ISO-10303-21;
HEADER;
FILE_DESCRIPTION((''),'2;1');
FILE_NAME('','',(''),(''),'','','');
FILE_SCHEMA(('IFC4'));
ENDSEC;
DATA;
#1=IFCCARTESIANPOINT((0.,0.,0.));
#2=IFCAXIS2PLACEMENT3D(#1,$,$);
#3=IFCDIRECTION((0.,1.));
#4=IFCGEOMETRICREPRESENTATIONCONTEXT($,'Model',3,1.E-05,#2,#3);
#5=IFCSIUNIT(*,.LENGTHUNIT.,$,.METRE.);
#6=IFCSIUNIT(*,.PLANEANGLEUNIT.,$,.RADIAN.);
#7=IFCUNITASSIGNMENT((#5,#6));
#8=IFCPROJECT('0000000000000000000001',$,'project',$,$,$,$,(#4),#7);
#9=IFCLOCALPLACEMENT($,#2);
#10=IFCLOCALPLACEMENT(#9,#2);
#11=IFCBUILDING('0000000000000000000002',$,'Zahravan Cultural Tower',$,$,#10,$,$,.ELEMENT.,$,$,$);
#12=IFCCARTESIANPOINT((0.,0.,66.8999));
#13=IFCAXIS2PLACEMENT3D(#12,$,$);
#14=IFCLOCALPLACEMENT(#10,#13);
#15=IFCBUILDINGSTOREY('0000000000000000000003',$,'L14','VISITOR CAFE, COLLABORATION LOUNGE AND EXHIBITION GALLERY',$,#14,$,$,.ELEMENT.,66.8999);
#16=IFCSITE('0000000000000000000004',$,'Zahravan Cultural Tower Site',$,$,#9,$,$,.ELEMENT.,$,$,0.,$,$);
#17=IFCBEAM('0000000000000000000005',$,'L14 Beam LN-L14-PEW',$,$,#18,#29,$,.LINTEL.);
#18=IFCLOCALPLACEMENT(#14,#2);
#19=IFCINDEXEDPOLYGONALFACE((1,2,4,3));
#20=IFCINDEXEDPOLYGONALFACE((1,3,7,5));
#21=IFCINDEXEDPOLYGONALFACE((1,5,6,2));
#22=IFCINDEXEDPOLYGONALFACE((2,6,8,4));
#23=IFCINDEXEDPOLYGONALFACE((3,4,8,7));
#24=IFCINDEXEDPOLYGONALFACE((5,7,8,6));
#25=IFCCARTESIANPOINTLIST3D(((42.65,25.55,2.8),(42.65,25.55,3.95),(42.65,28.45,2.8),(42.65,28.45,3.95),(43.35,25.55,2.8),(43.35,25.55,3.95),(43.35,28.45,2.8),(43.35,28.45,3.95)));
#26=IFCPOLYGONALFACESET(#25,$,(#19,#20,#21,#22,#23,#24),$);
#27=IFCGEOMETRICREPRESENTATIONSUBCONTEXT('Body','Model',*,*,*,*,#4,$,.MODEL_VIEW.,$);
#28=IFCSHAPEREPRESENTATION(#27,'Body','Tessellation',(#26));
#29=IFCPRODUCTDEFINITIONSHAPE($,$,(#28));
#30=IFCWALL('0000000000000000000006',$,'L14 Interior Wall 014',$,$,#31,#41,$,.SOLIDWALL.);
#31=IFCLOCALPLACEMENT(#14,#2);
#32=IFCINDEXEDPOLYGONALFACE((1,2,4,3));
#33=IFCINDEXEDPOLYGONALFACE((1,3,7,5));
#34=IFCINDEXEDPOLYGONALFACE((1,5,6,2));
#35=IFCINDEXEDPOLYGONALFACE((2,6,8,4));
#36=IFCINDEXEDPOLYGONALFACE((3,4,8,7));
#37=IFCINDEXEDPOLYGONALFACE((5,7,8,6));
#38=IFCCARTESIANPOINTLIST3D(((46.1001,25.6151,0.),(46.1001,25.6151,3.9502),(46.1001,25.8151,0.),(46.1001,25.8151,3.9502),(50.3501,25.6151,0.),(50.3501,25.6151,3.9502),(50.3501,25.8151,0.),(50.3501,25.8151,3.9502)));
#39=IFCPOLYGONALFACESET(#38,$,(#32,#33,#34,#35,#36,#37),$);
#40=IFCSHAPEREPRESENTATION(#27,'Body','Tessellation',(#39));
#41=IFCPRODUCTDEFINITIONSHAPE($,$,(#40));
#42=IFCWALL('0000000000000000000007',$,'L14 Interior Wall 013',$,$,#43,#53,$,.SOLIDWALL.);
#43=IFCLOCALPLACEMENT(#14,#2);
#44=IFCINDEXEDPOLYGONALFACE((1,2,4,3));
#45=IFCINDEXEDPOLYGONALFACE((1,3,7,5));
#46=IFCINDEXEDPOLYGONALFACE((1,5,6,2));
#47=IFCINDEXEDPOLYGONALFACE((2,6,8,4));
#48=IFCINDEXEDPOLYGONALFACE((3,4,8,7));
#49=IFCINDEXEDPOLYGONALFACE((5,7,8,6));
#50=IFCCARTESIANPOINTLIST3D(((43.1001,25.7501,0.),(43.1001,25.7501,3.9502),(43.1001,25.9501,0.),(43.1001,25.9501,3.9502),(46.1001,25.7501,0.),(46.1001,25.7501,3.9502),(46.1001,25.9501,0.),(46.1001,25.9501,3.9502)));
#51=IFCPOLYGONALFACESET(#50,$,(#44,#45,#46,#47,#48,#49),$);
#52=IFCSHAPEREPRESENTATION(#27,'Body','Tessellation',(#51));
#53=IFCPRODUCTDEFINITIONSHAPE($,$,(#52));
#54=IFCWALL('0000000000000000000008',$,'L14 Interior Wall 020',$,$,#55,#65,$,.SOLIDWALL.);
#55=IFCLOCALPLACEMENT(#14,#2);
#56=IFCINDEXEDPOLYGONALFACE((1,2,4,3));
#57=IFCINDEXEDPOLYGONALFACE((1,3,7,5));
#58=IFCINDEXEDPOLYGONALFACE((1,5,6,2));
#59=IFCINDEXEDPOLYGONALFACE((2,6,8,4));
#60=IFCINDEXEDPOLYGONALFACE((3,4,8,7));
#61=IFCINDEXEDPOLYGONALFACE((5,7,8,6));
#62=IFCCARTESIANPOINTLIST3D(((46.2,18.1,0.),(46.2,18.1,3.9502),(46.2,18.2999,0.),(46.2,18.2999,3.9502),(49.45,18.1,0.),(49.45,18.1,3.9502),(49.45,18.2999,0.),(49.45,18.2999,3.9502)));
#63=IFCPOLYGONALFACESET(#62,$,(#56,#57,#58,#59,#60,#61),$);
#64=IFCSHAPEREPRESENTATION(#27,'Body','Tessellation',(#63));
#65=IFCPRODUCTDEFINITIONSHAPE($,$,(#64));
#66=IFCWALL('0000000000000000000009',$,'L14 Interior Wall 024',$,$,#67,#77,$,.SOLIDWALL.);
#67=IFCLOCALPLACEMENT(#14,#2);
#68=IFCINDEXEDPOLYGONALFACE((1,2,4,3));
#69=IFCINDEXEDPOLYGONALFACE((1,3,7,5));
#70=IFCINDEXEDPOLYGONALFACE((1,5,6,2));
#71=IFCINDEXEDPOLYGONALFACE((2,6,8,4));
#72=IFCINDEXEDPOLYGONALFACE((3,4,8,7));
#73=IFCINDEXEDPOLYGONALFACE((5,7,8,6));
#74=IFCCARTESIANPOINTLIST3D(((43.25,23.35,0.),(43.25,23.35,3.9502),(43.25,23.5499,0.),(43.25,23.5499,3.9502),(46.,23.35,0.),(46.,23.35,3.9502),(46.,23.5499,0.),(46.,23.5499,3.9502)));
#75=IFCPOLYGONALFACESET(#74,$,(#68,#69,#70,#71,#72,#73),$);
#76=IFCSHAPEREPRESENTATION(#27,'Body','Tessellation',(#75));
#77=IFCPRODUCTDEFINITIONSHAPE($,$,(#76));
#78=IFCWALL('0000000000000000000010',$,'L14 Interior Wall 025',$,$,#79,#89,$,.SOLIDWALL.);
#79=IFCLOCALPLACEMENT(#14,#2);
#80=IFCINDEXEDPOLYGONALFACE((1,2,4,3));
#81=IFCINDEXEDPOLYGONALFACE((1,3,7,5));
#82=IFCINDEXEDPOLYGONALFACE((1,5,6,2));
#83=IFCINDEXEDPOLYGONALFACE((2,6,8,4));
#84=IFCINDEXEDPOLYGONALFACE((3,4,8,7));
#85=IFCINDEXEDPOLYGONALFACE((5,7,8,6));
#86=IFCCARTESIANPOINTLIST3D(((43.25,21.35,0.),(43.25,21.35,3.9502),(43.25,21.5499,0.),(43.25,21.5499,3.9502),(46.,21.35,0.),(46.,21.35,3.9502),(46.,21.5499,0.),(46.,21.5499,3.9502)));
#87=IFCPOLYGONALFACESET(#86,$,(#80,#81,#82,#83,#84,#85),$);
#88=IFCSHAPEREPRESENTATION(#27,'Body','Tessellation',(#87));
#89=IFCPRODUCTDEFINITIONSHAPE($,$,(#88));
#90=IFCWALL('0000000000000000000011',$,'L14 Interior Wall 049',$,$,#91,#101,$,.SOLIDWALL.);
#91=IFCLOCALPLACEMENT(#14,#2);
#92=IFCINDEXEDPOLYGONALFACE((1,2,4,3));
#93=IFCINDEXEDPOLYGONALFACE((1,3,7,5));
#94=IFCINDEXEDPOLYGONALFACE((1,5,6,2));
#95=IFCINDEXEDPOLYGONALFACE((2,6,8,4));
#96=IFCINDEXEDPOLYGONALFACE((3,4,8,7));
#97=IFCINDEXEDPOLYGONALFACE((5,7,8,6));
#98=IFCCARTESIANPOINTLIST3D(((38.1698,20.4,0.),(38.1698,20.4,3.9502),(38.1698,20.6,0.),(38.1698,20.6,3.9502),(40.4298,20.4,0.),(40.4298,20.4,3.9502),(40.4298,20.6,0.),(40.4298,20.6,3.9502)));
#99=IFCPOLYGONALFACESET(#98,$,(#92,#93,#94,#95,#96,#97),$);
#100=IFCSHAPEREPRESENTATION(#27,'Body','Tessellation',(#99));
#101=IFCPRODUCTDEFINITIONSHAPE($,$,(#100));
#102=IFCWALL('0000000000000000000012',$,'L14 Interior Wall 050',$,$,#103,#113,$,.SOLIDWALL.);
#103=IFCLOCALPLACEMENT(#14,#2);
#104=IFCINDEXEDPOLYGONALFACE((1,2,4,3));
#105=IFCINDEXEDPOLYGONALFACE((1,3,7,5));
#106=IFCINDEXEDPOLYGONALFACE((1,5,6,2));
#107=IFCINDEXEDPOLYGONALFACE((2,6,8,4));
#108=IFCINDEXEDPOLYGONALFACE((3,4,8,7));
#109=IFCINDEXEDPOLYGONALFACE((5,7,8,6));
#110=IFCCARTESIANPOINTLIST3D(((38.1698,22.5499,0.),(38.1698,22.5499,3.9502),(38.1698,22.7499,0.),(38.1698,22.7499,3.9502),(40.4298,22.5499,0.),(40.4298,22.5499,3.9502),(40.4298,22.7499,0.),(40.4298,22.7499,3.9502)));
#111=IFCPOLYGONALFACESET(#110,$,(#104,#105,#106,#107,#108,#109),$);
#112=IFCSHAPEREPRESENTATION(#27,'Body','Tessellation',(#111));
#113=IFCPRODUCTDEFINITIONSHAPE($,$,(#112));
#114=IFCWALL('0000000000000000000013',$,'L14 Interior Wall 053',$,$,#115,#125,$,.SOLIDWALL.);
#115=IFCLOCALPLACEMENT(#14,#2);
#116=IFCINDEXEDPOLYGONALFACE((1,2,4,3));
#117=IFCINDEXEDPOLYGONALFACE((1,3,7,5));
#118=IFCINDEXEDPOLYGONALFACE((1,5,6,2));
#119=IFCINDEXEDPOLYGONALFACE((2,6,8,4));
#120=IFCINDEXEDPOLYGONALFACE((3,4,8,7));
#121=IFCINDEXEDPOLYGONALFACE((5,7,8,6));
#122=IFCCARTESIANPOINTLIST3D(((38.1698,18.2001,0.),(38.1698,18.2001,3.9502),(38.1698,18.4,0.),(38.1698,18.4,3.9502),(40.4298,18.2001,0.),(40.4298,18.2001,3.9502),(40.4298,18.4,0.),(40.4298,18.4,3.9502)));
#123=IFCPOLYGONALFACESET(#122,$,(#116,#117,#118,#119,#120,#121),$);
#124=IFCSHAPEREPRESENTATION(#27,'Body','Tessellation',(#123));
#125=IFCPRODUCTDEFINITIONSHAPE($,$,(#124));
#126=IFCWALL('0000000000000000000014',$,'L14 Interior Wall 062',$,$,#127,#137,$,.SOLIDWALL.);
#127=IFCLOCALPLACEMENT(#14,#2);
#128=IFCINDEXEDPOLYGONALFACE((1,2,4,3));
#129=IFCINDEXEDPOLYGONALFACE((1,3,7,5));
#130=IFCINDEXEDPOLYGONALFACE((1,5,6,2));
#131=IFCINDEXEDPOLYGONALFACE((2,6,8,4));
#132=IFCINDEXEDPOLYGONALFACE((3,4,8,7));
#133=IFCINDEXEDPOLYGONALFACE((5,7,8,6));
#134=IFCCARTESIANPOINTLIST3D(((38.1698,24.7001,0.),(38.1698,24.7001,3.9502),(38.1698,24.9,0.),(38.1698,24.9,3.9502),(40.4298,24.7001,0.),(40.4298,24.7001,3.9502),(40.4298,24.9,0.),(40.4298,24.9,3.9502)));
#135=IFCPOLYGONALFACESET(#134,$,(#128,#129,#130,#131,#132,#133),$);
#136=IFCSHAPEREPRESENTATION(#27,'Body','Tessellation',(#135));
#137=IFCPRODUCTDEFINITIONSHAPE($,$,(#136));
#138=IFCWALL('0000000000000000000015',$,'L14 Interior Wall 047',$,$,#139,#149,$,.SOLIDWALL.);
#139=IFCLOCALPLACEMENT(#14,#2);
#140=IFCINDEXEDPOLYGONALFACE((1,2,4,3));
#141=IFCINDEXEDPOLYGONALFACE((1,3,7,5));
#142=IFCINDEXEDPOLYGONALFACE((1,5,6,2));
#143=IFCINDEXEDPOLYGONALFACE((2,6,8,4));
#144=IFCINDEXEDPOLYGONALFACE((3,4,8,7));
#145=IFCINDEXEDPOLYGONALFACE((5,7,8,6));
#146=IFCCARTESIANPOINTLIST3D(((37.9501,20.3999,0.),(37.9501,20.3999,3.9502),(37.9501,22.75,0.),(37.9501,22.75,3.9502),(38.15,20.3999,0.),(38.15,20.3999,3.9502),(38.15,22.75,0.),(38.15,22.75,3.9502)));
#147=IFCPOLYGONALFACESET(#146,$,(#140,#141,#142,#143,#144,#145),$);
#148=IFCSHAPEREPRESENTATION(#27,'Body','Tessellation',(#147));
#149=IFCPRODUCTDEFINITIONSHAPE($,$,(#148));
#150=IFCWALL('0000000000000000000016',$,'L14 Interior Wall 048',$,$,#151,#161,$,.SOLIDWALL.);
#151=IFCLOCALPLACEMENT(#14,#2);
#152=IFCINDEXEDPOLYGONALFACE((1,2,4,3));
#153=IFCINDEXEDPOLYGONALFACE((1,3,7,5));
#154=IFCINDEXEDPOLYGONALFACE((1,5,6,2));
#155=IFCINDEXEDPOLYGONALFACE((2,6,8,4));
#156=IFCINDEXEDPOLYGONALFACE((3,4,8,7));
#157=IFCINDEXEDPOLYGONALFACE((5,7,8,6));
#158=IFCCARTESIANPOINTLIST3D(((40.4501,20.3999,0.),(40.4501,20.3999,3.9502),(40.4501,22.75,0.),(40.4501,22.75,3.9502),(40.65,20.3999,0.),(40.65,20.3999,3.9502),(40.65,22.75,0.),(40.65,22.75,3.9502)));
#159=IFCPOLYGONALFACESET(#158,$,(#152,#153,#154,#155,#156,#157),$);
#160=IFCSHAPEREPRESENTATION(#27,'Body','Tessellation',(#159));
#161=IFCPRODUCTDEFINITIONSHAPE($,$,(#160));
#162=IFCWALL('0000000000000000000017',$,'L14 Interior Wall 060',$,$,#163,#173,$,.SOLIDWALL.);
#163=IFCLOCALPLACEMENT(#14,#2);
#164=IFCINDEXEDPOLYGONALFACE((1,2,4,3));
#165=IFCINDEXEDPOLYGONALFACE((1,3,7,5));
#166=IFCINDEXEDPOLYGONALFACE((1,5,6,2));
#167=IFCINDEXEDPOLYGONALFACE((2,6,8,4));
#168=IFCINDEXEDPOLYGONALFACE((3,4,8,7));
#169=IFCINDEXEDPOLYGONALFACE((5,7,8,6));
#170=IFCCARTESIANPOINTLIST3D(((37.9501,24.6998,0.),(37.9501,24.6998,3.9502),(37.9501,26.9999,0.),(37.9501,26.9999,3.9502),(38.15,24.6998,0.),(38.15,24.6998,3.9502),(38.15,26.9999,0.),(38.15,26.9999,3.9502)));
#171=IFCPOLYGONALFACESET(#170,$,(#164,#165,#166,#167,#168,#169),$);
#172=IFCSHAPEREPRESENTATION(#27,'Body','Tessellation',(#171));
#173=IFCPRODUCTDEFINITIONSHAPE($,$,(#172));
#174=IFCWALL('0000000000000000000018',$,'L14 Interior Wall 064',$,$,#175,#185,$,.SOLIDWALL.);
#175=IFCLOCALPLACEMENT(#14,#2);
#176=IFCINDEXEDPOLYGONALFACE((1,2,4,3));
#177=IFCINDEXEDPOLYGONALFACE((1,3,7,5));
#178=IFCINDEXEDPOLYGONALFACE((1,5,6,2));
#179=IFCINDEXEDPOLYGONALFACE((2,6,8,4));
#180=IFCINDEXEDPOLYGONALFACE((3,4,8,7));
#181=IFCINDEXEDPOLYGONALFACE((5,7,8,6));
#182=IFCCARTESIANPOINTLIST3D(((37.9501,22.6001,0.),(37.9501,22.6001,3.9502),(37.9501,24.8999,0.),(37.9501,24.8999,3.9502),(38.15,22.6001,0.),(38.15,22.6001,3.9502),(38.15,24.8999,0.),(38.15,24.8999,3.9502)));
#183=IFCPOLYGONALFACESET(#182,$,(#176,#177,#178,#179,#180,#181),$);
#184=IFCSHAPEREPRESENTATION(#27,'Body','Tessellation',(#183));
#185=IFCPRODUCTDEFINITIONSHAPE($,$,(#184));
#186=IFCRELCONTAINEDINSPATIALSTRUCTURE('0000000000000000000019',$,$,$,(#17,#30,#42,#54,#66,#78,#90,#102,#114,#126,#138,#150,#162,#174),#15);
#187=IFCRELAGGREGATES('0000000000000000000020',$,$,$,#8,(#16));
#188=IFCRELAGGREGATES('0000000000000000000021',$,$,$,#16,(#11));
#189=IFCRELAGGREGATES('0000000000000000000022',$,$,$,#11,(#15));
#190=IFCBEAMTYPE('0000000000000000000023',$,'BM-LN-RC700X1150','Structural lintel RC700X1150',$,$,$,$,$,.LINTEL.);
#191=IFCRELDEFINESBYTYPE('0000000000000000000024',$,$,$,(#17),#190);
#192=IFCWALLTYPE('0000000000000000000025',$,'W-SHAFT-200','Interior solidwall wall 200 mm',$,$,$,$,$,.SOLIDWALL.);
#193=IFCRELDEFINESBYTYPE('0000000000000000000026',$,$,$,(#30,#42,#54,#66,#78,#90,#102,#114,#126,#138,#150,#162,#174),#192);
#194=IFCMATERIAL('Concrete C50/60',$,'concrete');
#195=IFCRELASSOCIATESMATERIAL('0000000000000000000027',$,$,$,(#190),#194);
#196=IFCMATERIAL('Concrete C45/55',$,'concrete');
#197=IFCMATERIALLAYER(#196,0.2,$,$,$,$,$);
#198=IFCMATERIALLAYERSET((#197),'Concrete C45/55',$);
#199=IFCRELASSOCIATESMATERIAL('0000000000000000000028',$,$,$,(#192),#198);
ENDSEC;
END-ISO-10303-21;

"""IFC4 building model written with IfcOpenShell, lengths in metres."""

from ifc_helpers import new_model, si_unit, direction, frame, frame_2d, origin, origin_2d, place, context, subcontext, project, spatial, rectangle, extrude, source, transform, mapped, material, layer, layer_set, material_profile, profile_set, type_object, element, save


model = new_model("IFC4")

# Units and contexts
model_context = context("Model", 3, precision=1e-05, world=origin(), true_north=direction((0.0, 1.0)))
body_context = subcontext(model_context, "Body", "Model", "MODEL_VIEW")
ifc_project = project(units=[si_unit("LENGTHUNIT", "METRE"), si_unit("PLANEANGLEUNIT", "RADIAN")], contexts=[model_context])

# Site, building, storey
site_placement = place(None, origin())
site = spatial("IfcSite", under=ifc_project, at=site_placement, Name="Zahravan Cultural Tower Site", CompositionType="ELEMENT", RefElevation=0.0)
building_placement = place(site_placement, origin())
building = spatial("IfcBuilding", under=site, at=building_placement, Name="Zahravan Cultural Tower", CompositionType="ELEMENT")
storey_placement = place(building_placement, frame((0.0, 0.0, 66.8999)))
storey = spatial("IfcBuildingStorey", under=building, at=storey_placement, Name="L14", Description="VISITOR CAFE, COLLABORATION LOUNGE AND EXHIBITION GALLERY", CompositionType="ELEMENT", Elevation=66.8999)

# Beam
ifc_material_1 = material(Name="Concrete C50/60", Category="concrete")
ifc_material_profile = material_profile(ifc_material_1, rectangle(XDim=0.7, YDim=1.1499, at=origin_2d()), Name="RC700X1150")
ifc_profile_set = profile_set([ifc_material_profile], Name="Concrete C50/60")
beam_type = type_object("IfcBeamType", Name="BM-LN-RC700X1150", Description="Structural lintel RC700X1150", PredefinedType="LINTEL", material=ifc_profile_set)
shared_shape_1 = source(origin(), body_context, "Body", "SweptSolid", [
    extrude(rectangle(XDim=0.7, YDim=1.1499, at=origin_2d()), origin(), (0.0, 0.0, 1.0), 2.8999),
])
beam_placement = place(storey_placement, frame((43.0, 25.55, 3.375), z_axis=(0.0, 1.0, 0.0), x_axis=(-1.0, 0.0, 0.0)))
element("IfcBeam", 1, at=beam_placement, inside=storey, type_object=beam_type, Name="L14 Beam LN-L14-PEW", PredefinedType="LINTEL", context=body_context, shape_type="MappedRepresentation", body=[
    mapped(shared_shape_1, transform((0.0, 0.0, 0.0), x_axis=(1.0, 0.0, 0.0), y_axis=(0.0, 1.0, 0.0), z_axis=(0.0, 0.0, 1.0), scale=1.0)),
])

# Shared definitions
ifc_material_2 = material(Name="Concrete C45/55", Category="concrete")
ifc_layer_1 = layer(ifc_material_2, 0.2)
ifc_layer_set_1 = layer_set([ifc_layer_1], Name="Concrete C45/55")
wall_type_1 = type_object("IfcWallType", Name="W-SHAFT-200", Description="Interior solidwall wall 200 mm", PredefinedType="SOLIDWALL", material=ifc_layer_set_1)

# Walls
shared_shape_2 = source(origin(), body_context, "Body", "SweptSolid", [
    extrude(rectangle(XDim=4.25, YDim=0.2, at=frame_2d((2.125, 0.0))), origin(), (0.0, 0.0, 1.0), 3.9502),
])
wall_1_placement = place(storey_placement, frame((46.1001, 25.7151, 0.0), z_axis=(0.0, 0.0, 1.0), x_axis=(1.0, 0.0, 0.0)))
element("IfcWall", 2, at=wall_1_placement, inside=storey, type_object=wall_type_1, Name="L14 Interior Wall 014", PredefinedType="SOLIDWALL", context=body_context, shape_type="MappedRepresentation", body=[
    mapped(shared_shape_2, transform((0.0, 0.0, 0.0), x_axis=(1.0, 0.0, 0.0), y_axis=(0.0, 1.0, 0.0), z_axis=(0.0, 0.0, 1.0), scale=1.0)),
])
shared_shape_3 = source(origin(), body_context, "Body", "SweptSolid", [
    extrude(rectangle(XDim=3.0, YDim=0.2, at=frame_2d((1.5, 0.0))), origin(), (0.0, 0.0, 1.0), 3.9502),
])
wall_2_placement = place(storey_placement, frame((43.1001, 25.8501, 0.0), z_axis=(0.0, 0.0, 1.0), x_axis=(1.0, 0.0, 0.0)))
element("IfcWall", 3, at=wall_2_placement, inside=storey, type_object=wall_type_1, Name="L14 Interior Wall 013", PredefinedType="SOLIDWALL", context=body_context, shape_type="MappedRepresentation", body=[
    mapped(shared_shape_3, transform((0.0, 0.0, 0.0), x_axis=(1.0, 0.0, 0.0), y_axis=(0.0, 1.0, 0.0), z_axis=(0.0, 0.0, 1.0), scale=1.0)),
])
shared_shape_4 = source(origin(), body_context, "Body", "SweptSolid", [
    extrude(rectangle(XDim=3.25, YDim=0.2, at=frame_2d((1.625, 0.0))), origin(), (0.0, 0.0, 1.0), 3.9502),
])
wall_3_placement = place(storey_placement, frame((46.2, 18.2, 0.0), z_axis=(0.0, 0.0, 1.0), x_axis=(1.0, 0.0, 0.0)))
element("IfcWall", 4, at=wall_3_placement, inside=storey, type_object=wall_type_1, Name="L14 Interior Wall 020", PredefinedType="SOLIDWALL", context=body_context, shape_type="MappedRepresentation", body=[
    mapped(shared_shape_4, transform((0.0, 0.0, 0.0), x_axis=(1.0, 0.0, 0.0), y_axis=(0.0, 1.0, 0.0), z_axis=(0.0, 0.0, 1.0), scale=1.0)),
])
shared_shape_5 = source(origin(), body_context, "Body", "SweptSolid", [
    extrude(rectangle(XDim=2.75, YDim=0.2, at=frame_2d((1.375, 0.0))), origin(), (0.0, 0.0, 1.0), 3.9502),
])
for number, where, z_axis, x_axis, name in (
    (5, (43.25, 23.45, 0.0), (0.0, 0.0, 1.0), (1.0, 0.0, 0.0), "L14 Interior Wall 024"),
    (6, (43.25, 21.45, 0.0), (0.0, 0.0, 1.0), (1.0, 0.0, 0.0), "L14 Interior Wall 025"),
):
    element("IfcWall", number, at=place(storey_placement, frame(where, z_axis=z_axis, x_axis=x_axis)), inside=storey, type_object=wall_type_1, Name=name, PredefinedType="SOLIDWALL", context=body_context, shape_type="MappedRepresentation", body=[
        mapped(shared_shape_5, transform((0.0, 0.0, 0.0), x_axis=(1.0, 0.0, 0.0), y_axis=(0.0, 1.0, 0.0), z_axis=(0.0, 0.0, 1.0), scale=1.0)),
    ])
shared_shape_6 = source(origin(), body_context, "Body", "SweptSolid", [
    extrude(rectangle(XDim=2.26, YDim=0.2, at=frame_2d((1.1299, 0.0))), origin(), (0.0, 0.0, 1.0), 3.9502),
])
for number, where, z_axis, x_axis, name in (
    (7, (38.1699, 20.5, 0.0), (0.0, 0.0, 1.0), (1.0, 0.0, 0.0), "L14 Interior Wall 049"),
    (8, (38.1699, 22.6499, 0.0), (0.0, 0.0, 1.0), (1.0, 0.0, 0.0), "L14 Interior Wall 050"),
    (9, (38.1699, 18.3, 0.0), (0.0, 0.0, 1.0), (1.0, 0.0, 0.0), "L14 Interior Wall 053"),
    (10, (38.1699, 24.8, 0.0), (0.0, 0.0, 1.0), (1.0, 0.0, 0.0), "L14 Interior Wall 062"),
):
    element("IfcWall", number, at=place(storey_placement, frame(where, z_axis=z_axis, x_axis=x_axis)), inside=storey, type_object=wall_type_1, Name=name, PredefinedType="SOLIDWALL", context=body_context, shape_type="MappedRepresentation", body=[
        mapped(shared_shape_6, transform((0.0, 0.0, 0.0), x_axis=(1.0, 0.0, 0.0), y_axis=(0.0, 1.0, 0.0), z_axis=(0.0, 0.0, 1.0), scale=1.0)),
    ])
shared_shape_7 = source(origin(), body_context, "Body", "SweptSolid", [
    extrude(rectangle(XDim=2.3501, YDim=0.2, at=frame_2d((1.175, 0.0))), origin(), (0.0, 0.0, 1.0), 3.9502),
])
for number, where, z_axis, x_axis, name in (
    (11, (38.05, 20.3999, 0.0), (0.0, 0.0, 1.0), (0.0, 1.0, 0.0), "L14 Interior Wall 047"),
    (12, (40.55, 20.3999, 0.0), (0.0, 0.0, 1.0), (0.0, 1.0, 0.0), "L14 Interior Wall 048"),
):
    element("IfcWall", number, at=place(storey_placement, frame(where, z_axis=z_axis, x_axis=x_axis)), inside=storey, type_object=wall_type_1, Name=name, PredefinedType="SOLIDWALL", context=body_context, shape_type="MappedRepresentation", body=[
        mapped(shared_shape_7, transform((0.0, 0.0, 0.0), x_axis=(1.0, 0.0, 0.0), y_axis=(0.0, 1.0, 0.0), z_axis=(0.0, 0.0, 1.0), scale=1.0)),
    ])
shared_shape_8 = source(origin(), body_context, "Body", "SweptSolid", [
    extrude(rectangle(XDim=2.3, YDim=0.2, at=frame_2d((1.1499, 0.0))), origin(), (0.0, 0.0, 1.0), 3.9502),
])
wall_4_placement = place(storey_placement, frame((38.05, 24.7, 0.0), z_axis=(0.0, 0.0, 1.0), x_axis=(0.0, 1.0, 0.0)))
element("IfcWall", 13, at=wall_4_placement, inside=storey, type_object=wall_type_1, Name="L14 Interior Wall 060", PredefinedType="SOLIDWALL", context=body_context, shape_type="MappedRepresentation", body=[
    mapped(shared_shape_8, transform((0.0, 0.0, 0.0), x_axis=(1.0, 0.0, 0.0), y_axis=(0.0, 1.0, 0.0), z_axis=(0.0, 0.0, 1.0), scale=1.0)),
])
shared_shape_9 = source(origin(), body_context, "Body", "SweptSolid", [
    extrude(rectangle(XDim=2.2998, YDim=0.2, at=frame_2d((1.1499, 0.0))), origin(), (0.0, 0.0, 1.0), 3.9502),
])
wall_5_placement = place(storey_placement, frame((38.05, 22.6001, 0.0), z_axis=(0.0, 0.0, 1.0), x_axis=(0.0, 1.0, 0.0)))
element("IfcWall", 14, at=wall_5_placement, inside=storey, type_object=wall_type_1, Name="L14 Interior Wall 064", PredefinedType="SOLIDWALL", context=body_context, shape_type="MappedRepresentation", body=[
    mapped(shared_shape_9, transform((0.0, 0.0, 0.0), x_axis=(1.0, 0.0, 0.0), y_axis=(0.0, 1.0, 0.0), z_axis=(0.0, 0.0, 1.0), scale=1.0)),
])

save(model, "model.ifc")
